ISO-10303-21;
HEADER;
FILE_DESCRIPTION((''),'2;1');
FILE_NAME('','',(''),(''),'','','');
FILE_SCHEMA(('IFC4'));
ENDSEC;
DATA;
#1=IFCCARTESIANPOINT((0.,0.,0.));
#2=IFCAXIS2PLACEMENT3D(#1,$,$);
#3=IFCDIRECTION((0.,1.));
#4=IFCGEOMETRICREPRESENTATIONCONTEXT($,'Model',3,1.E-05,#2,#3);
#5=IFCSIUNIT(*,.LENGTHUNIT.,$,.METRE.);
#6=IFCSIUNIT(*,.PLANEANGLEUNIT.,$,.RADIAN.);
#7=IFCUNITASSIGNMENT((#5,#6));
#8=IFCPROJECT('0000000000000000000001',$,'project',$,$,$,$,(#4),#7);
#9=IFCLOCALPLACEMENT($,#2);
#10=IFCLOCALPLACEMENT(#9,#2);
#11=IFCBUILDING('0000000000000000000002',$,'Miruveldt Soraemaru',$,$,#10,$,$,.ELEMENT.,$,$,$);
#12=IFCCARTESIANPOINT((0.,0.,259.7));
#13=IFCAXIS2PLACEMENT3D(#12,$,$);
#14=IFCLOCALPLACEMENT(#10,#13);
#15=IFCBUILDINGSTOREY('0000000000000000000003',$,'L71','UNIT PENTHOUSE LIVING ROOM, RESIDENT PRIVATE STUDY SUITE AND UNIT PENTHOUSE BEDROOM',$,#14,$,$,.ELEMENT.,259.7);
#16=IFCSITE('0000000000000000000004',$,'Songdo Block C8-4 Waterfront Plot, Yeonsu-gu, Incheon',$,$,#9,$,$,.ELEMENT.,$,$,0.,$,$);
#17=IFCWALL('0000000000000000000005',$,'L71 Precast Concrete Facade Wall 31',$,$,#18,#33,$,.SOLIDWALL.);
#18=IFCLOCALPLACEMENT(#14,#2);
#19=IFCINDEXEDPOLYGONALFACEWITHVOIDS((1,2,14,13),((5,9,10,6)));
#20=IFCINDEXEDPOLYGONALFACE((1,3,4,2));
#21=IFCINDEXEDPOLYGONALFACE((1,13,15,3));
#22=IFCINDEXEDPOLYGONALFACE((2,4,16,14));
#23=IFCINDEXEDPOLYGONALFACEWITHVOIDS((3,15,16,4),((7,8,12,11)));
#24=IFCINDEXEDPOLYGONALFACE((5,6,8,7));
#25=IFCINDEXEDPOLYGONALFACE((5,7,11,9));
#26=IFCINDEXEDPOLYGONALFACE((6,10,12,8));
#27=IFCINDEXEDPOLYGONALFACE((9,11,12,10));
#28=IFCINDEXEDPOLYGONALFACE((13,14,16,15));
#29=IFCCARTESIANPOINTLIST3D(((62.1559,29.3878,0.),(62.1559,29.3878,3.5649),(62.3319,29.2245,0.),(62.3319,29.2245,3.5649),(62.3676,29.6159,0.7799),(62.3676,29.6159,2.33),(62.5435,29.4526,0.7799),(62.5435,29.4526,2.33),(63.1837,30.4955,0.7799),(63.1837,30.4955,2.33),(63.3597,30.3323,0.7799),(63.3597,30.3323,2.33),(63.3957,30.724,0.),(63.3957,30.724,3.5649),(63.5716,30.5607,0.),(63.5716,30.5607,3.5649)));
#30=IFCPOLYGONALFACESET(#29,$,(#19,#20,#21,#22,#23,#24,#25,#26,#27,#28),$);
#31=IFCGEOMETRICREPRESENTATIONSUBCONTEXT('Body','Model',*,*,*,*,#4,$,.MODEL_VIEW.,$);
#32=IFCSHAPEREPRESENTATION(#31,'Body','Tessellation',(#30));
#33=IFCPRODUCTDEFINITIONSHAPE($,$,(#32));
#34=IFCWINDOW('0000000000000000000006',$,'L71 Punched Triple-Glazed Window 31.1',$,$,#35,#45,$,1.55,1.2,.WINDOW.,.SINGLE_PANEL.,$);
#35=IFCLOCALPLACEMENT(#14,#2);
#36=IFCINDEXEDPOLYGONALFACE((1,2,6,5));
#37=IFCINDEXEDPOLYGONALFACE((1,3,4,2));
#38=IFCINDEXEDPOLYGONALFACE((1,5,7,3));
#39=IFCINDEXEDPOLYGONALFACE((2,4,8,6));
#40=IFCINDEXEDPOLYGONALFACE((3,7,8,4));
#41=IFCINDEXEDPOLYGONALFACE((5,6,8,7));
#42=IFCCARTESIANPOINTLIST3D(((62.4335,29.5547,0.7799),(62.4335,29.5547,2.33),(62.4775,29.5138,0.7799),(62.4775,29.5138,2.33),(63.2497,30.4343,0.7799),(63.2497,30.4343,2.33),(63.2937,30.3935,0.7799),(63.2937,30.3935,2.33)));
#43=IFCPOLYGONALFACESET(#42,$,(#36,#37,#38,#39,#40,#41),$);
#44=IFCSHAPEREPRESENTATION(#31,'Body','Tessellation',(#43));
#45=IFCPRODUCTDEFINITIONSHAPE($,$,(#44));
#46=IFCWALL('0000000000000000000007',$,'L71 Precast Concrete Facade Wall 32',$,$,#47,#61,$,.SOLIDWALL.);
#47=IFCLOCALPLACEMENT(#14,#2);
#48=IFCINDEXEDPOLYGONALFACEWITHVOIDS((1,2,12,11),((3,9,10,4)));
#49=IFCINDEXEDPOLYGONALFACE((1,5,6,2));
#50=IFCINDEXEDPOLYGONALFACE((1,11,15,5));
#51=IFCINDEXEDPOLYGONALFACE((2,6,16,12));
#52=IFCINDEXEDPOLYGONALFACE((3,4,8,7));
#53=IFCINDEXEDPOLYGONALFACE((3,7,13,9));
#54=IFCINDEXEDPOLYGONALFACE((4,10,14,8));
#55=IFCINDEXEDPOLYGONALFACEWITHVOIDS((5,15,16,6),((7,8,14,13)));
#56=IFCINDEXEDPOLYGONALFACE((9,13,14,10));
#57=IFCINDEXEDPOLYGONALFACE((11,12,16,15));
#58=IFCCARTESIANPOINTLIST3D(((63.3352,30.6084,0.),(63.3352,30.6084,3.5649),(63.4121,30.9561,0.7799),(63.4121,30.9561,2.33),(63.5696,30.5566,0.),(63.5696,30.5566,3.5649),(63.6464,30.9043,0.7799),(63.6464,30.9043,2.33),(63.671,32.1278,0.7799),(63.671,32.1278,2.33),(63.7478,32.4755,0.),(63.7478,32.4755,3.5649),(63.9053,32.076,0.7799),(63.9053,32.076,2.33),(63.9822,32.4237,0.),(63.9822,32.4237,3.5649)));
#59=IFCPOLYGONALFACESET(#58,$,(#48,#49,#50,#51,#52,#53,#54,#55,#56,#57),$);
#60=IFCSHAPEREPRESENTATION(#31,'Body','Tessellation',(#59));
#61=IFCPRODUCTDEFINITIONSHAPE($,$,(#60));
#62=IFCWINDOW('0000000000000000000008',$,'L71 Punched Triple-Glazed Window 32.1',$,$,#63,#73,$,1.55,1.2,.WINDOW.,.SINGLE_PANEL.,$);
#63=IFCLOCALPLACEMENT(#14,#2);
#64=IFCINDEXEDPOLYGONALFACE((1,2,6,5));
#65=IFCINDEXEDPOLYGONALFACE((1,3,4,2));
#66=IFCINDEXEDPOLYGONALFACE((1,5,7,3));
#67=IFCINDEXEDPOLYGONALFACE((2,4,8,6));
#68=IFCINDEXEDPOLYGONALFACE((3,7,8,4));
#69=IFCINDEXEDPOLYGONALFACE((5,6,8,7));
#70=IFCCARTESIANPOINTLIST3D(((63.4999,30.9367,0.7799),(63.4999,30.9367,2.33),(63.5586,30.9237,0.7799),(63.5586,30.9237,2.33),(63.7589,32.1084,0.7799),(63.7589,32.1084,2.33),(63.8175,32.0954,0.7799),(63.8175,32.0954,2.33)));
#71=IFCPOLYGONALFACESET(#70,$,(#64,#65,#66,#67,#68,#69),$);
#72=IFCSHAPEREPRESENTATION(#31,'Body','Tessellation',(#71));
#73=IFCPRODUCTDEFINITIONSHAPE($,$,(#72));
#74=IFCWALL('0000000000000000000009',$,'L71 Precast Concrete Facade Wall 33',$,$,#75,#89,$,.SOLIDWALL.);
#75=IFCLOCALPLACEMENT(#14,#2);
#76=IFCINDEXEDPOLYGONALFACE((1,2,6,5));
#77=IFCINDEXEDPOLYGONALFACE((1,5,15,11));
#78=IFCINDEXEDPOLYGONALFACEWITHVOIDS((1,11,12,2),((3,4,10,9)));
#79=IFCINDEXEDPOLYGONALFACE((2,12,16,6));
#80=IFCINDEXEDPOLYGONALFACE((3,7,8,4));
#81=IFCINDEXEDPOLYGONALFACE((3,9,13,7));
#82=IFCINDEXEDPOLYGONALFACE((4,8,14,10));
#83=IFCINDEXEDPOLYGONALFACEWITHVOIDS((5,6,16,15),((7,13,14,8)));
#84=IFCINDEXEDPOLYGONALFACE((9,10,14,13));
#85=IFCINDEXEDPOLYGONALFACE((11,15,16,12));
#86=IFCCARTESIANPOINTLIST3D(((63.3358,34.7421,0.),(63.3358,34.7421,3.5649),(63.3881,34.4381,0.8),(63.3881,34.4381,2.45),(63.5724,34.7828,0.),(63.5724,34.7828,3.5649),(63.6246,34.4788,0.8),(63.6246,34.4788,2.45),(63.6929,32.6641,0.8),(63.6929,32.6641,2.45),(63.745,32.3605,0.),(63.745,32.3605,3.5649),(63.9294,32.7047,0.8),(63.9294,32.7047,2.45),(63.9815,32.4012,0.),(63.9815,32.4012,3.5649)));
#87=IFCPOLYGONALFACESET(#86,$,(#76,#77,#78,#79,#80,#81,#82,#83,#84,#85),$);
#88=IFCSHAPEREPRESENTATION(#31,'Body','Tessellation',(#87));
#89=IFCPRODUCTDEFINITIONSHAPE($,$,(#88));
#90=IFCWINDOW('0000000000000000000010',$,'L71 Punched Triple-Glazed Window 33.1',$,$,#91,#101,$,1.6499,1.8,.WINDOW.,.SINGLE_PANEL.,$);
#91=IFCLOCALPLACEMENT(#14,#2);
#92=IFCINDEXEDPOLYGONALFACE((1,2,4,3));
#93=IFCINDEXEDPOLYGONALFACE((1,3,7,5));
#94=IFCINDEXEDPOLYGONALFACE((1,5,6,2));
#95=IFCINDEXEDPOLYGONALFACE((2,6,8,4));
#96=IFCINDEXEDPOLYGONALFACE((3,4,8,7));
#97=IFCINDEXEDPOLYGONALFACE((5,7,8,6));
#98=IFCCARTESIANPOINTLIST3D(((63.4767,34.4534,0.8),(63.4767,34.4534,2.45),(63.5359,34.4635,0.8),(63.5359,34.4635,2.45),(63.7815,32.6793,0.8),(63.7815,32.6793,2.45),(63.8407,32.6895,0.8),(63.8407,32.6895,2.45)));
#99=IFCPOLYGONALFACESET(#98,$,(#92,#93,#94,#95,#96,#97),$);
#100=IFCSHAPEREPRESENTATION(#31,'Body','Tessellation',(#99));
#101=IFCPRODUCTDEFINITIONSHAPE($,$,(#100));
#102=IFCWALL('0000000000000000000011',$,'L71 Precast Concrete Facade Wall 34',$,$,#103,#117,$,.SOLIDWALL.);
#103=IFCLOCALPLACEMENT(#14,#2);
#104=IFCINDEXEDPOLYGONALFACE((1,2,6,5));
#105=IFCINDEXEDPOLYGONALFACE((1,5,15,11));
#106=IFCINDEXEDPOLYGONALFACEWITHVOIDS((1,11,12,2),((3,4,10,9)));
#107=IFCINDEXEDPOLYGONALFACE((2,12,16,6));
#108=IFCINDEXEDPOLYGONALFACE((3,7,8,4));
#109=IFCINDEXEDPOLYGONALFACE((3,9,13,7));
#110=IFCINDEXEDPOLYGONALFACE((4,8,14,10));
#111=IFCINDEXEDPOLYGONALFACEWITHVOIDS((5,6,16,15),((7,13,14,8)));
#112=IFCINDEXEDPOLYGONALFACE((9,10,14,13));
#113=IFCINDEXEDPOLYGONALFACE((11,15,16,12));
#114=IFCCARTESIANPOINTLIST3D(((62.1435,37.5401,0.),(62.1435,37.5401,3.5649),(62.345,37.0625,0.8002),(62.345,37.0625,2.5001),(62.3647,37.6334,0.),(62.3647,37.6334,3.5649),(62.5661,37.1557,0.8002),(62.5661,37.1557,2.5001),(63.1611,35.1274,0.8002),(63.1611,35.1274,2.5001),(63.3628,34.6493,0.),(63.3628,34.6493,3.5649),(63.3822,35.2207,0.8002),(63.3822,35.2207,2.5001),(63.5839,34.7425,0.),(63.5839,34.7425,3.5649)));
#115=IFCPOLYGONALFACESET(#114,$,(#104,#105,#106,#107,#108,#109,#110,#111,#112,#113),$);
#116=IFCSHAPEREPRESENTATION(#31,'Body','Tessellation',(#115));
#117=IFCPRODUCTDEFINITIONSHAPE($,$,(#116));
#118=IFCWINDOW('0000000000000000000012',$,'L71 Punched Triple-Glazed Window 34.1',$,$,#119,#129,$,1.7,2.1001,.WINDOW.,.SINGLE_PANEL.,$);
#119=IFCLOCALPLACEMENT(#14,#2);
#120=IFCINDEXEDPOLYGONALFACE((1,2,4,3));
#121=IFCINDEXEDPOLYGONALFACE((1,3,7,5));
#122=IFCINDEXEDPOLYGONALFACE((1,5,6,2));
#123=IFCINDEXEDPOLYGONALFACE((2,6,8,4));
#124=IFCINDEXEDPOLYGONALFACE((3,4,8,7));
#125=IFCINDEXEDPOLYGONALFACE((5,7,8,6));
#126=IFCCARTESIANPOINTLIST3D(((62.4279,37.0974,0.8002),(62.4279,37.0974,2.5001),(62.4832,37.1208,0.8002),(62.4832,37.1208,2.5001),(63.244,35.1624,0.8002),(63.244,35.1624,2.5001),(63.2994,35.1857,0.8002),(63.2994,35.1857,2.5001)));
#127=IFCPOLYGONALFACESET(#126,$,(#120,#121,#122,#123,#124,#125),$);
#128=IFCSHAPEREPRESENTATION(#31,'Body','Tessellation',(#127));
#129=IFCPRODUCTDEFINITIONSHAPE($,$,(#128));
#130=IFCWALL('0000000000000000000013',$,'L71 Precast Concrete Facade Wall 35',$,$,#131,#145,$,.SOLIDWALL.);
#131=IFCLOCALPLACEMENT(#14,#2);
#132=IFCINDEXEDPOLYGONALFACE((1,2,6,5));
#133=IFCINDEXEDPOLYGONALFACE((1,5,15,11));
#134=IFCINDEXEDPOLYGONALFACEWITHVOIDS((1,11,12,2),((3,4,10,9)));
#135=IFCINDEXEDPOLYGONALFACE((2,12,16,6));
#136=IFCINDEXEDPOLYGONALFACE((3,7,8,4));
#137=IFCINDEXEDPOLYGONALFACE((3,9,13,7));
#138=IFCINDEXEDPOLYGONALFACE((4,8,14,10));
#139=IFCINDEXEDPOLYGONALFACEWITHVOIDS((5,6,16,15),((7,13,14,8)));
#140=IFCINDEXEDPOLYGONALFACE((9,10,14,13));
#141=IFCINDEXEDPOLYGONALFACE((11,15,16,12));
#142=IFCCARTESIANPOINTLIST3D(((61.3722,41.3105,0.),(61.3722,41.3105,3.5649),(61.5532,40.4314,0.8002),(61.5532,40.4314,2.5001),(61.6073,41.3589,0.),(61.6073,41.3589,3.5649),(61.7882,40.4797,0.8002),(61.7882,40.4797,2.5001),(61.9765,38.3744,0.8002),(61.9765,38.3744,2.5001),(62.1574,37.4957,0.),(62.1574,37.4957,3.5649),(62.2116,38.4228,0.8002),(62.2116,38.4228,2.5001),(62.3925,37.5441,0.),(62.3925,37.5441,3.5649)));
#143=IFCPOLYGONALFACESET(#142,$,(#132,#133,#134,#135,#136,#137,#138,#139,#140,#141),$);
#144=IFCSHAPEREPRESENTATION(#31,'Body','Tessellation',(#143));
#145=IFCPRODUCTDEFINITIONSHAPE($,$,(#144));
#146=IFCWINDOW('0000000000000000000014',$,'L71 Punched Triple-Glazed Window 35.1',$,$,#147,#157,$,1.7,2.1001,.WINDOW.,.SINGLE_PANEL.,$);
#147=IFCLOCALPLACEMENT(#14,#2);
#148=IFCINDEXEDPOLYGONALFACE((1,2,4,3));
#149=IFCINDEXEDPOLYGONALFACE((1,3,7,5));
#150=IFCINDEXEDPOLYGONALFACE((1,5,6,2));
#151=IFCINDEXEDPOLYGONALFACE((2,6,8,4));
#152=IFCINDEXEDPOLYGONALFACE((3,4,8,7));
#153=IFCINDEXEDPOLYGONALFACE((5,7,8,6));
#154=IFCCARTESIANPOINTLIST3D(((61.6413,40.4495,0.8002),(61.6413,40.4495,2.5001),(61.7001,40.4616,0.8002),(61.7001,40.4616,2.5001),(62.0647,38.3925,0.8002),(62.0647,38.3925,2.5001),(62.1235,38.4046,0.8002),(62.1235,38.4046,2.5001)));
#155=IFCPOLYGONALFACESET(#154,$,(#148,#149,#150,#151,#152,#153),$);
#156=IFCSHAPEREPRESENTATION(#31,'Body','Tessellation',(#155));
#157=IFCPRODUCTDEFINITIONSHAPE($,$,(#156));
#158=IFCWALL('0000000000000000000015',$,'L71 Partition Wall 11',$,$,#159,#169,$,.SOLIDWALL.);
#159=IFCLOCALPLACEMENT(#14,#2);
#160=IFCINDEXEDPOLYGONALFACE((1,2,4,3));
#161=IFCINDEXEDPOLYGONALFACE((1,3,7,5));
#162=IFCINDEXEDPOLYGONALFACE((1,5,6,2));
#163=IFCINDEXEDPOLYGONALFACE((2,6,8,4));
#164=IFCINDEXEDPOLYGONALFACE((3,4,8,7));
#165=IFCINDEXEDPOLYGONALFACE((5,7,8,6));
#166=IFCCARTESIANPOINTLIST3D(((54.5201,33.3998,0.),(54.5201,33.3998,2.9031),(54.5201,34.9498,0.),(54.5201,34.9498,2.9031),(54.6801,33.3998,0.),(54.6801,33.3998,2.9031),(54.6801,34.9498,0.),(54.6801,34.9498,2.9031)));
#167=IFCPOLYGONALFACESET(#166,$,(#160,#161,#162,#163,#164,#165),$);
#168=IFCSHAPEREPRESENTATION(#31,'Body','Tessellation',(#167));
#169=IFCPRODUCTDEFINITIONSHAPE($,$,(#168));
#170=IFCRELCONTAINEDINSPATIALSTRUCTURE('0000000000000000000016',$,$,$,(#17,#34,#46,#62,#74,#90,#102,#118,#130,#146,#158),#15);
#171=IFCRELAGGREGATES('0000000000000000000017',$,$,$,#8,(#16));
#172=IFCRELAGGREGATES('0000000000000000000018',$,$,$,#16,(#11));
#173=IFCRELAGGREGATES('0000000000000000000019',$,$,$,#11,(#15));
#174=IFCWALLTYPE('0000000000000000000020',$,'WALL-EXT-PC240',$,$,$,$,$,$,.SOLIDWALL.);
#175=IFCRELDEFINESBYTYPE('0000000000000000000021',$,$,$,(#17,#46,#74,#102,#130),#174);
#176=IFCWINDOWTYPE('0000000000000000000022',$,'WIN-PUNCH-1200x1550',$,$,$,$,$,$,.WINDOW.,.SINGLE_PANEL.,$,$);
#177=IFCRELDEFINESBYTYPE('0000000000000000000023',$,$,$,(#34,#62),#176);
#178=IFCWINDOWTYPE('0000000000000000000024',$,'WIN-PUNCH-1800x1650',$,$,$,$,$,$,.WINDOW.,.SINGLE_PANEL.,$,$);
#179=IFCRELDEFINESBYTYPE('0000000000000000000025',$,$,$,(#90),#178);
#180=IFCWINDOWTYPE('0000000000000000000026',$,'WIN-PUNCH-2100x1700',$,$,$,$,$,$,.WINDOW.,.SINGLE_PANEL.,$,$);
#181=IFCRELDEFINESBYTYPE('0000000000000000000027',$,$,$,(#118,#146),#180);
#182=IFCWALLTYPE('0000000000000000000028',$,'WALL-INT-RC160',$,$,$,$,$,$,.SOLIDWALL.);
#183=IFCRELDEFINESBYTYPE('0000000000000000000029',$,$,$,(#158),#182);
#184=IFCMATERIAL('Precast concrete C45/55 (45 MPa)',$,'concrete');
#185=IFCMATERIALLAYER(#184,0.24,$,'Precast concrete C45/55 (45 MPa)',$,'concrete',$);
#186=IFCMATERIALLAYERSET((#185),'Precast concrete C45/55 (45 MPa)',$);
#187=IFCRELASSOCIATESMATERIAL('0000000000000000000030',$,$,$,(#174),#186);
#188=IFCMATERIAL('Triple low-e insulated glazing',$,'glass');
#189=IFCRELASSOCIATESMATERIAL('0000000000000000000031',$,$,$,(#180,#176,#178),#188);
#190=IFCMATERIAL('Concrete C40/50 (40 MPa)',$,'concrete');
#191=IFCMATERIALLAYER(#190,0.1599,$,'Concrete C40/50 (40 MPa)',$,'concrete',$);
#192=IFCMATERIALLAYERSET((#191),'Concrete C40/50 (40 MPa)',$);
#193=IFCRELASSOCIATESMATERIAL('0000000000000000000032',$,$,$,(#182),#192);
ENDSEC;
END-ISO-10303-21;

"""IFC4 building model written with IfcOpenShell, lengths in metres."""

from ifc_helpers import new_model, si_unit, direction, frame, frame_2d, origin, place, context, subcontext, project, spatial, rectangle, extrude, material, layer, layer_set, type_object, element, fill, save


model = new_model("IFC4")

# Units and contexts
model_context = context("Model", 3, precision=1e-05, world=origin(), true_north=direction((0.0, 1.0)))
body_context = subcontext(model_context, "Body", "Model", "MODEL_VIEW")
ifc_project = project(units=[si_unit("LENGTHUNIT", "METRE"), si_unit("PLANEANGLEUNIT", "RADIAN")], contexts=[model_context])

# Site, building, storey
site_placement = place(None, origin())
site = spatial("IfcSite", under=ifc_project, at=site_placement, Name="Songdo Block C8-4 Waterfront Plot, Yeonsu-gu, Incheon", CompositionType="ELEMENT", RefElevation=0.0)
building_placement = place(site_placement, origin())
building = spatial("IfcBuilding", under=site, at=building_placement, Name="Miruveldt Soraemaru", CompositionType="ELEMENT")
storey_placement = place(building_placement, frame((0.0, 0.0, 259.7)))
storey = spatial("IfcBuildingStorey", under=building, at=storey_placement, Name="L71", Description="UNIT PENTHOUSE LIVING ROOM, RESIDENT PRIVATE STUDY SUITE AND UNIT PENTHOUSE BEDROOM", CompositionType="ELEMENT", Elevation=259.7)

# Walls, openings, windows
ifc_material_1 = material(Name="Precast concrete C45/55 (45 MPa)", Category="concrete")
ifc_layer_1 = layer(ifc_material_1, 0.24, Name="Precast concrete C45/55 (45 MPa)", Category="concrete")
ifc_layer_set_1 = layer_set([ifc_layer_1], Name="Precast concrete C45/55 (45 MPa)")
wall_type_1 = type_object("IfcWallType", Name="WALL-EXT-PC240", PredefinedType="SOLIDWALL", material=ifc_layer_set_1)
ifc_material_2 = material(Name="Triple low-e insulated glazing", Category="glass")
window_type_1 = type_object("IfcWindowType", Name="WIN-PUNCH-2100x1700", PartitioningType="SINGLE_PANEL", PredefinedType="WINDOW", material=ifc_material_2)
wall_1_placement = place(storey_placement, frame((62.2439, 29.3062, 0.0), z_axis=(0.0, 0.0, 1.0), x_axis=(0.680158, 0.733065, 0.0)))
wall_1 = element("IfcWall", 1, at=wall_1_placement, inside=storey, type_object=wall_type_1, Name="L71 Precast Concrete Facade Wall 31", PredefinedType="SOLIDWALL", context=body_context, shape_type="SweptSolid", body=[
    extrude(rectangle(XDim=1.8228, YDim=0.24, at=frame_2d((0.9114, 0.0))), origin(), (0.0, 0.0, 1.0), 3.5649),
])
opening_1_placement = place(wall_1_placement, frame((0.311, 0.0, 0.78)))
opening_1 = element("IfcOpeningElement", 2, at=opening_1_placement, cuts=wall_1, PredefinedType="OPENING", context=body_context, shape_type="SweptSolid", body=[
    extrude(rectangle(XDim=1.2, YDim=1.55, at=frame_2d((0.6001, 0.7749))), frame((0.0, 0.1299, 0.0), z_axis=(0.0, -1.0, 0.0), x_axis=(1.0, 0.0, 0.0)), (0.0, 0.0, 1.0), 0.26),
])
window_type_2 = type_object("IfcWindowType", Name="WIN-PUNCH-1200x1550", PartitioningType="SINGLE_PANEL", PredefinedType="WINDOW", material=ifc_material_2)
window_1_placement = place(opening_1_placement, origin())
window_1 = element("IfcWindow", 3, at=window_1_placement, inside=storey, type_object=window_type_2, Name="L71 Punched Triple-Glazed Window 31.1", OverallHeight=1.55, OverallWidth=1.2, PartitioningType="SINGLE_PANEL", PredefinedType="WINDOW", context=body_context, shape_type="SweptSolid", body=[
    extrude(rectangle(XDim=1.2, YDim=1.55, at=frame_2d((0.6001, 0.7749))), frame((0.0, 0.03, 0.0), z_axis=(0.0, -1.0, 0.0), x_axis=(1.0, 0.0, 0.0)), (0.0, 0.0, 1.0), 0.0601),
])
fill(opening_1, window_1)
wall_2_placement = place(storey_placement, frame((63.4524, 30.5825, 0.0), z_axis=(0.0, 0.0, 1.0), x_axis=(0.215795, 0.976439, 0.0)))
wall_2 = element("IfcWall", 4, at=wall_2_placement, inside=storey, type_object=wall_type_1, Name="L71 Precast Concrete Facade Wall 32", PredefinedType="SOLIDWALL", context=body_context, shape_type="SweptSolid", body=[
    extrude(rectangle(XDim=1.9121, YDim=0.24, at=frame_2d((0.9561, 0.0))), origin(), (0.0, 0.0, 1.0), 3.5649),
])
opening_2_placement = place(wall_2_placement, frame((0.356, 0.0, 0.78)))
opening_2 = element("IfcOpeningElement", 5, at=opening_2_placement, cuts=wall_2, PredefinedType="OPENING", context=body_context, shape_type="SweptSolid", body=[
    extrude(rectangle(XDim=1.2, YDim=1.55, at=frame_2d((0.6001, 0.7749))), frame((0.0, 0.1299, 0.0), z_axis=(0.0, -1.0, 0.0), x_axis=(1.0, 0.0, 0.0)), (0.0, 0.0, 1.0), 0.26),
])
window_2_placement = place(opening_2_placement, origin())
window_2 = element("IfcWindow", 6, at=window_2_placement, inside=storey, type_object=window_type_2, Name="L71 Punched Triple-Glazed Window 32.1", OverallHeight=1.55, OverallWidth=1.2, PartitioningType="SINGLE_PANEL", PredefinedType="WINDOW", context=body_context, shape_type="SweptSolid", body=[
    extrude(rectangle(XDim=1.2, YDim=1.55, at=frame_2d((0.6001, 0.7749))), frame((0.0, 0.03, 0.0), z_axis=(0.0, -1.0, 0.0), x_axis=(1.0, 0.0, 0.0)), (0.0, 0.0, 1.0), 0.0601),
])
fill(opening_2, window_2)
wall_3_placement = place(storey_placement, frame((63.8633, 32.3809, 0.0), z_axis=(0.0, 0.0, 1.0), x_axis=(-0.169328, 0.98556, 0.0)))
wall_3 = element("IfcWall", 7, at=wall_3_placement, inside=storey, type_object=wall_type_1, Name="L71 Precast Concrete Facade Wall 33", PredefinedType="SOLIDWALL", context=body_context, shape_type="SweptSolid", body=[
    extrude(rectangle(XDim=2.4165, YDim=0.24, at=frame_2d((1.2083, 0.0))), origin(), (0.0, 0.0, 1.0), 3.5649),
])
opening_3_placement = place(wall_3_placement, frame((0.3081, 0.0, 0.8)))
opening_3 = element("IfcOpeningElement", 8, at=opening_3_placement, cuts=wall_3, PredefinedType="OPENING", context=body_context, shape_type="SweptSolid", body=[
    extrude(rectangle(XDim=1.8, YDim=1.6499, at=frame_2d((0.8999, 0.825))), frame((0.0, 0.1299, 0.0), z_axis=(0.0, -1.0, 0.0), x_axis=(1.0, 0.0, 0.0)), (0.0, 0.0, 1.0), 0.26),
])
window_type_3 = type_object("IfcWindowType", Name="WIN-PUNCH-1800x1650", PartitioningType="SINGLE_PANEL", PredefinedType="WINDOW", material=ifc_material_2)
window_3_placement = place(opening_3_placement, origin())
window_3 = element("IfcWindow", 9, at=window_3_placement, inside=storey, type_object=window_type_3, Name="L71 Punched Triple-Glazed Window 33.1", OverallHeight=1.6499, OverallWidth=1.8, PartitioningType="SINGLE_PANEL", PredefinedType="WINDOW", context=body_context, shape_type="SweptSolid", body=[
    extrude(rectangle(XDim=1.8, YDim=1.6499, at=frame_2d((0.8999, 0.825))), frame((0.0, 0.03, 0.0), z_axis=(0.0, -1.0, 0.0), x_axis=(1.0, 0.0, 0.0)), (0.0, 0.0, 1.0), 0.0601),
])
fill(opening_3, window_3)
wall_4_placement = place(storey_placement, frame((63.4734, 34.6958, 0.0), z_axis=(0.0, 0.0, 1.0), x_axis=(-0.388607, 0.921404, 0.0)))
wall_4 = element("IfcWall", 10, at=wall_4_placement, inside=storey, type_object=wall_type_1, Name="L71 Precast Concrete Facade Wall 34", PredefinedType="SOLIDWALL", context=body_context, shape_type="SweptSolid", body=[
    extrude(rectangle(XDim=3.1375, YDim=0.24, at=frame_2d((1.5688, 0.0))), origin(), (0.0, 0.0, 1.0), 3.5649),
])
opening_4_placement = place(wall_4_placement, frame((0.519, 0.0, 0.8)))
opening_4 = element("IfcOpeningElement", 11, at=opening_4_placement, cuts=wall_4, PredefinedType="OPENING", context=body_context, shape_type="SweptSolid", body=[
    extrude(rectangle(XDim=2.1001, YDim=1.7, at=frame_2d((1.05, 0.8501))), frame((0.0, 0.1299, 0.0), z_axis=(0.0, -1.0, 0.0), x_axis=(1.0, 0.0, 0.0)), (0.0, 0.0, 1.0), 0.26),
])
window_4_placement = place(opening_4_placement, origin())
window_4 = element("IfcWindow", 12, at=window_4_placement, inside=storey, type_object=window_type_1, Name="L71 Punched Triple-Glazed Window 34.1", OverallHeight=1.7, OverallWidth=2.1001, PartitioningType="SINGLE_PANEL", PredefinedType="WINDOW", context=body_context, shape_type="SweptSolid", body=[
    extrude(rectangle(XDim=2.1001, YDim=1.7, at=frame_2d((1.05, 0.8501))), frame((0.0, 0.03, 0.0), z_axis=(0.0, -1.0, 0.0), x_axis=(1.0, 0.0, 0.0)), (0.0, 0.0, 1.0), 0.0601),
])
fill(opening_4, window_4)
wall_5_placement = place(storey_placement, frame((62.2749, 37.52, 0.0), z_axis=(0.0, 0.0, 1.0), x_axis=(-0.201598, 0.979468, 0.0)))
wall_5 = element("IfcWall", 13, at=wall_5_placement, inside=storey, type_object=wall_type_1, Name="L71 Precast Concrete Facade Wall 35", PredefinedType="SOLIDWALL", context=body_context, shape_type="SweptSolid", body=[
    extrude(rectangle(XDim=3.8948, YDim=0.24, at=frame_2d((1.9473, 0.0))), origin(), (0.0, 0.0, 1.0), 3.5649),
])
opening_5_placement = place(wall_5_placement, frame((0.897, 0.0, 0.8)))
opening_5 = element("IfcOpeningElement", 14, at=opening_5_placement, cuts=wall_5, PredefinedType="OPENING", context=body_context, shape_type="SweptSolid", body=[
    extrude(rectangle(XDim=2.1001, YDim=1.7, at=frame_2d((1.05, 0.8501))), frame((0.0, 0.1299, 0.0), z_axis=(0.0, -1.0, 0.0), x_axis=(1.0, 0.0, 0.0)), (0.0, 0.0, 1.0), 0.26),
])
window_5_placement = place(opening_5_placement, origin())
window_5 = element("IfcWindow", 15, at=window_5_placement, inside=storey, type_object=window_type_1, Name="L71 Punched Triple-Glazed Window 35.1", OverallHeight=1.7, OverallWidth=2.1001, PartitioningType="SINGLE_PANEL", PredefinedType="WINDOW", context=body_context, shape_type="SweptSolid", body=[
    extrude(rectangle(XDim=2.1001, YDim=1.7, at=frame_2d((1.05, 0.8501))), frame((0.0, 0.03, 0.0), z_axis=(0.0, -1.0, 0.0), x_axis=(1.0, 0.0, 0.0)), (0.0, 0.0, 1.0), 0.0601),
])
fill(opening_5, window_5)

# Wall
ifc_material_3 = material(Name="Concrete C40/50 (40 MPa)", Category="concrete")
ifc_layer_2 = layer(ifc_material_3, 0.1599, Name="Concrete C40/50 (40 MPa)", Category="concrete")
ifc_layer_set_2 = layer_set([ifc_layer_2], Name="Concrete C40/50 (40 MPa)")
wall_type_2 = type_object("IfcWallType", Name="WALL-INT-RC160", PredefinedType="SOLIDWALL", material=ifc_layer_set_2)
wall_6_placement = place(storey_placement, frame((54.6001, 33.3999, 0.0), z_axis=(0.0, 0.0, 1.0), x_axis=(0.0, 1.0, 0.0)))
element("IfcWall", 16, at=wall_6_placement, inside=storey, type_object=wall_type_2, Name="L71 Partition Wall 11", PredefinedType="SOLIDWALL", context=body_context, shape_type="SweptSolid", body=[
    extrude(rectangle(XDim=1.55, YDim=0.1599, at=frame_2d((0.7749, 0.0))), origin(), (0.0, 0.0, 1.0), 2.9031),
])

save(model, "model.ifc")
